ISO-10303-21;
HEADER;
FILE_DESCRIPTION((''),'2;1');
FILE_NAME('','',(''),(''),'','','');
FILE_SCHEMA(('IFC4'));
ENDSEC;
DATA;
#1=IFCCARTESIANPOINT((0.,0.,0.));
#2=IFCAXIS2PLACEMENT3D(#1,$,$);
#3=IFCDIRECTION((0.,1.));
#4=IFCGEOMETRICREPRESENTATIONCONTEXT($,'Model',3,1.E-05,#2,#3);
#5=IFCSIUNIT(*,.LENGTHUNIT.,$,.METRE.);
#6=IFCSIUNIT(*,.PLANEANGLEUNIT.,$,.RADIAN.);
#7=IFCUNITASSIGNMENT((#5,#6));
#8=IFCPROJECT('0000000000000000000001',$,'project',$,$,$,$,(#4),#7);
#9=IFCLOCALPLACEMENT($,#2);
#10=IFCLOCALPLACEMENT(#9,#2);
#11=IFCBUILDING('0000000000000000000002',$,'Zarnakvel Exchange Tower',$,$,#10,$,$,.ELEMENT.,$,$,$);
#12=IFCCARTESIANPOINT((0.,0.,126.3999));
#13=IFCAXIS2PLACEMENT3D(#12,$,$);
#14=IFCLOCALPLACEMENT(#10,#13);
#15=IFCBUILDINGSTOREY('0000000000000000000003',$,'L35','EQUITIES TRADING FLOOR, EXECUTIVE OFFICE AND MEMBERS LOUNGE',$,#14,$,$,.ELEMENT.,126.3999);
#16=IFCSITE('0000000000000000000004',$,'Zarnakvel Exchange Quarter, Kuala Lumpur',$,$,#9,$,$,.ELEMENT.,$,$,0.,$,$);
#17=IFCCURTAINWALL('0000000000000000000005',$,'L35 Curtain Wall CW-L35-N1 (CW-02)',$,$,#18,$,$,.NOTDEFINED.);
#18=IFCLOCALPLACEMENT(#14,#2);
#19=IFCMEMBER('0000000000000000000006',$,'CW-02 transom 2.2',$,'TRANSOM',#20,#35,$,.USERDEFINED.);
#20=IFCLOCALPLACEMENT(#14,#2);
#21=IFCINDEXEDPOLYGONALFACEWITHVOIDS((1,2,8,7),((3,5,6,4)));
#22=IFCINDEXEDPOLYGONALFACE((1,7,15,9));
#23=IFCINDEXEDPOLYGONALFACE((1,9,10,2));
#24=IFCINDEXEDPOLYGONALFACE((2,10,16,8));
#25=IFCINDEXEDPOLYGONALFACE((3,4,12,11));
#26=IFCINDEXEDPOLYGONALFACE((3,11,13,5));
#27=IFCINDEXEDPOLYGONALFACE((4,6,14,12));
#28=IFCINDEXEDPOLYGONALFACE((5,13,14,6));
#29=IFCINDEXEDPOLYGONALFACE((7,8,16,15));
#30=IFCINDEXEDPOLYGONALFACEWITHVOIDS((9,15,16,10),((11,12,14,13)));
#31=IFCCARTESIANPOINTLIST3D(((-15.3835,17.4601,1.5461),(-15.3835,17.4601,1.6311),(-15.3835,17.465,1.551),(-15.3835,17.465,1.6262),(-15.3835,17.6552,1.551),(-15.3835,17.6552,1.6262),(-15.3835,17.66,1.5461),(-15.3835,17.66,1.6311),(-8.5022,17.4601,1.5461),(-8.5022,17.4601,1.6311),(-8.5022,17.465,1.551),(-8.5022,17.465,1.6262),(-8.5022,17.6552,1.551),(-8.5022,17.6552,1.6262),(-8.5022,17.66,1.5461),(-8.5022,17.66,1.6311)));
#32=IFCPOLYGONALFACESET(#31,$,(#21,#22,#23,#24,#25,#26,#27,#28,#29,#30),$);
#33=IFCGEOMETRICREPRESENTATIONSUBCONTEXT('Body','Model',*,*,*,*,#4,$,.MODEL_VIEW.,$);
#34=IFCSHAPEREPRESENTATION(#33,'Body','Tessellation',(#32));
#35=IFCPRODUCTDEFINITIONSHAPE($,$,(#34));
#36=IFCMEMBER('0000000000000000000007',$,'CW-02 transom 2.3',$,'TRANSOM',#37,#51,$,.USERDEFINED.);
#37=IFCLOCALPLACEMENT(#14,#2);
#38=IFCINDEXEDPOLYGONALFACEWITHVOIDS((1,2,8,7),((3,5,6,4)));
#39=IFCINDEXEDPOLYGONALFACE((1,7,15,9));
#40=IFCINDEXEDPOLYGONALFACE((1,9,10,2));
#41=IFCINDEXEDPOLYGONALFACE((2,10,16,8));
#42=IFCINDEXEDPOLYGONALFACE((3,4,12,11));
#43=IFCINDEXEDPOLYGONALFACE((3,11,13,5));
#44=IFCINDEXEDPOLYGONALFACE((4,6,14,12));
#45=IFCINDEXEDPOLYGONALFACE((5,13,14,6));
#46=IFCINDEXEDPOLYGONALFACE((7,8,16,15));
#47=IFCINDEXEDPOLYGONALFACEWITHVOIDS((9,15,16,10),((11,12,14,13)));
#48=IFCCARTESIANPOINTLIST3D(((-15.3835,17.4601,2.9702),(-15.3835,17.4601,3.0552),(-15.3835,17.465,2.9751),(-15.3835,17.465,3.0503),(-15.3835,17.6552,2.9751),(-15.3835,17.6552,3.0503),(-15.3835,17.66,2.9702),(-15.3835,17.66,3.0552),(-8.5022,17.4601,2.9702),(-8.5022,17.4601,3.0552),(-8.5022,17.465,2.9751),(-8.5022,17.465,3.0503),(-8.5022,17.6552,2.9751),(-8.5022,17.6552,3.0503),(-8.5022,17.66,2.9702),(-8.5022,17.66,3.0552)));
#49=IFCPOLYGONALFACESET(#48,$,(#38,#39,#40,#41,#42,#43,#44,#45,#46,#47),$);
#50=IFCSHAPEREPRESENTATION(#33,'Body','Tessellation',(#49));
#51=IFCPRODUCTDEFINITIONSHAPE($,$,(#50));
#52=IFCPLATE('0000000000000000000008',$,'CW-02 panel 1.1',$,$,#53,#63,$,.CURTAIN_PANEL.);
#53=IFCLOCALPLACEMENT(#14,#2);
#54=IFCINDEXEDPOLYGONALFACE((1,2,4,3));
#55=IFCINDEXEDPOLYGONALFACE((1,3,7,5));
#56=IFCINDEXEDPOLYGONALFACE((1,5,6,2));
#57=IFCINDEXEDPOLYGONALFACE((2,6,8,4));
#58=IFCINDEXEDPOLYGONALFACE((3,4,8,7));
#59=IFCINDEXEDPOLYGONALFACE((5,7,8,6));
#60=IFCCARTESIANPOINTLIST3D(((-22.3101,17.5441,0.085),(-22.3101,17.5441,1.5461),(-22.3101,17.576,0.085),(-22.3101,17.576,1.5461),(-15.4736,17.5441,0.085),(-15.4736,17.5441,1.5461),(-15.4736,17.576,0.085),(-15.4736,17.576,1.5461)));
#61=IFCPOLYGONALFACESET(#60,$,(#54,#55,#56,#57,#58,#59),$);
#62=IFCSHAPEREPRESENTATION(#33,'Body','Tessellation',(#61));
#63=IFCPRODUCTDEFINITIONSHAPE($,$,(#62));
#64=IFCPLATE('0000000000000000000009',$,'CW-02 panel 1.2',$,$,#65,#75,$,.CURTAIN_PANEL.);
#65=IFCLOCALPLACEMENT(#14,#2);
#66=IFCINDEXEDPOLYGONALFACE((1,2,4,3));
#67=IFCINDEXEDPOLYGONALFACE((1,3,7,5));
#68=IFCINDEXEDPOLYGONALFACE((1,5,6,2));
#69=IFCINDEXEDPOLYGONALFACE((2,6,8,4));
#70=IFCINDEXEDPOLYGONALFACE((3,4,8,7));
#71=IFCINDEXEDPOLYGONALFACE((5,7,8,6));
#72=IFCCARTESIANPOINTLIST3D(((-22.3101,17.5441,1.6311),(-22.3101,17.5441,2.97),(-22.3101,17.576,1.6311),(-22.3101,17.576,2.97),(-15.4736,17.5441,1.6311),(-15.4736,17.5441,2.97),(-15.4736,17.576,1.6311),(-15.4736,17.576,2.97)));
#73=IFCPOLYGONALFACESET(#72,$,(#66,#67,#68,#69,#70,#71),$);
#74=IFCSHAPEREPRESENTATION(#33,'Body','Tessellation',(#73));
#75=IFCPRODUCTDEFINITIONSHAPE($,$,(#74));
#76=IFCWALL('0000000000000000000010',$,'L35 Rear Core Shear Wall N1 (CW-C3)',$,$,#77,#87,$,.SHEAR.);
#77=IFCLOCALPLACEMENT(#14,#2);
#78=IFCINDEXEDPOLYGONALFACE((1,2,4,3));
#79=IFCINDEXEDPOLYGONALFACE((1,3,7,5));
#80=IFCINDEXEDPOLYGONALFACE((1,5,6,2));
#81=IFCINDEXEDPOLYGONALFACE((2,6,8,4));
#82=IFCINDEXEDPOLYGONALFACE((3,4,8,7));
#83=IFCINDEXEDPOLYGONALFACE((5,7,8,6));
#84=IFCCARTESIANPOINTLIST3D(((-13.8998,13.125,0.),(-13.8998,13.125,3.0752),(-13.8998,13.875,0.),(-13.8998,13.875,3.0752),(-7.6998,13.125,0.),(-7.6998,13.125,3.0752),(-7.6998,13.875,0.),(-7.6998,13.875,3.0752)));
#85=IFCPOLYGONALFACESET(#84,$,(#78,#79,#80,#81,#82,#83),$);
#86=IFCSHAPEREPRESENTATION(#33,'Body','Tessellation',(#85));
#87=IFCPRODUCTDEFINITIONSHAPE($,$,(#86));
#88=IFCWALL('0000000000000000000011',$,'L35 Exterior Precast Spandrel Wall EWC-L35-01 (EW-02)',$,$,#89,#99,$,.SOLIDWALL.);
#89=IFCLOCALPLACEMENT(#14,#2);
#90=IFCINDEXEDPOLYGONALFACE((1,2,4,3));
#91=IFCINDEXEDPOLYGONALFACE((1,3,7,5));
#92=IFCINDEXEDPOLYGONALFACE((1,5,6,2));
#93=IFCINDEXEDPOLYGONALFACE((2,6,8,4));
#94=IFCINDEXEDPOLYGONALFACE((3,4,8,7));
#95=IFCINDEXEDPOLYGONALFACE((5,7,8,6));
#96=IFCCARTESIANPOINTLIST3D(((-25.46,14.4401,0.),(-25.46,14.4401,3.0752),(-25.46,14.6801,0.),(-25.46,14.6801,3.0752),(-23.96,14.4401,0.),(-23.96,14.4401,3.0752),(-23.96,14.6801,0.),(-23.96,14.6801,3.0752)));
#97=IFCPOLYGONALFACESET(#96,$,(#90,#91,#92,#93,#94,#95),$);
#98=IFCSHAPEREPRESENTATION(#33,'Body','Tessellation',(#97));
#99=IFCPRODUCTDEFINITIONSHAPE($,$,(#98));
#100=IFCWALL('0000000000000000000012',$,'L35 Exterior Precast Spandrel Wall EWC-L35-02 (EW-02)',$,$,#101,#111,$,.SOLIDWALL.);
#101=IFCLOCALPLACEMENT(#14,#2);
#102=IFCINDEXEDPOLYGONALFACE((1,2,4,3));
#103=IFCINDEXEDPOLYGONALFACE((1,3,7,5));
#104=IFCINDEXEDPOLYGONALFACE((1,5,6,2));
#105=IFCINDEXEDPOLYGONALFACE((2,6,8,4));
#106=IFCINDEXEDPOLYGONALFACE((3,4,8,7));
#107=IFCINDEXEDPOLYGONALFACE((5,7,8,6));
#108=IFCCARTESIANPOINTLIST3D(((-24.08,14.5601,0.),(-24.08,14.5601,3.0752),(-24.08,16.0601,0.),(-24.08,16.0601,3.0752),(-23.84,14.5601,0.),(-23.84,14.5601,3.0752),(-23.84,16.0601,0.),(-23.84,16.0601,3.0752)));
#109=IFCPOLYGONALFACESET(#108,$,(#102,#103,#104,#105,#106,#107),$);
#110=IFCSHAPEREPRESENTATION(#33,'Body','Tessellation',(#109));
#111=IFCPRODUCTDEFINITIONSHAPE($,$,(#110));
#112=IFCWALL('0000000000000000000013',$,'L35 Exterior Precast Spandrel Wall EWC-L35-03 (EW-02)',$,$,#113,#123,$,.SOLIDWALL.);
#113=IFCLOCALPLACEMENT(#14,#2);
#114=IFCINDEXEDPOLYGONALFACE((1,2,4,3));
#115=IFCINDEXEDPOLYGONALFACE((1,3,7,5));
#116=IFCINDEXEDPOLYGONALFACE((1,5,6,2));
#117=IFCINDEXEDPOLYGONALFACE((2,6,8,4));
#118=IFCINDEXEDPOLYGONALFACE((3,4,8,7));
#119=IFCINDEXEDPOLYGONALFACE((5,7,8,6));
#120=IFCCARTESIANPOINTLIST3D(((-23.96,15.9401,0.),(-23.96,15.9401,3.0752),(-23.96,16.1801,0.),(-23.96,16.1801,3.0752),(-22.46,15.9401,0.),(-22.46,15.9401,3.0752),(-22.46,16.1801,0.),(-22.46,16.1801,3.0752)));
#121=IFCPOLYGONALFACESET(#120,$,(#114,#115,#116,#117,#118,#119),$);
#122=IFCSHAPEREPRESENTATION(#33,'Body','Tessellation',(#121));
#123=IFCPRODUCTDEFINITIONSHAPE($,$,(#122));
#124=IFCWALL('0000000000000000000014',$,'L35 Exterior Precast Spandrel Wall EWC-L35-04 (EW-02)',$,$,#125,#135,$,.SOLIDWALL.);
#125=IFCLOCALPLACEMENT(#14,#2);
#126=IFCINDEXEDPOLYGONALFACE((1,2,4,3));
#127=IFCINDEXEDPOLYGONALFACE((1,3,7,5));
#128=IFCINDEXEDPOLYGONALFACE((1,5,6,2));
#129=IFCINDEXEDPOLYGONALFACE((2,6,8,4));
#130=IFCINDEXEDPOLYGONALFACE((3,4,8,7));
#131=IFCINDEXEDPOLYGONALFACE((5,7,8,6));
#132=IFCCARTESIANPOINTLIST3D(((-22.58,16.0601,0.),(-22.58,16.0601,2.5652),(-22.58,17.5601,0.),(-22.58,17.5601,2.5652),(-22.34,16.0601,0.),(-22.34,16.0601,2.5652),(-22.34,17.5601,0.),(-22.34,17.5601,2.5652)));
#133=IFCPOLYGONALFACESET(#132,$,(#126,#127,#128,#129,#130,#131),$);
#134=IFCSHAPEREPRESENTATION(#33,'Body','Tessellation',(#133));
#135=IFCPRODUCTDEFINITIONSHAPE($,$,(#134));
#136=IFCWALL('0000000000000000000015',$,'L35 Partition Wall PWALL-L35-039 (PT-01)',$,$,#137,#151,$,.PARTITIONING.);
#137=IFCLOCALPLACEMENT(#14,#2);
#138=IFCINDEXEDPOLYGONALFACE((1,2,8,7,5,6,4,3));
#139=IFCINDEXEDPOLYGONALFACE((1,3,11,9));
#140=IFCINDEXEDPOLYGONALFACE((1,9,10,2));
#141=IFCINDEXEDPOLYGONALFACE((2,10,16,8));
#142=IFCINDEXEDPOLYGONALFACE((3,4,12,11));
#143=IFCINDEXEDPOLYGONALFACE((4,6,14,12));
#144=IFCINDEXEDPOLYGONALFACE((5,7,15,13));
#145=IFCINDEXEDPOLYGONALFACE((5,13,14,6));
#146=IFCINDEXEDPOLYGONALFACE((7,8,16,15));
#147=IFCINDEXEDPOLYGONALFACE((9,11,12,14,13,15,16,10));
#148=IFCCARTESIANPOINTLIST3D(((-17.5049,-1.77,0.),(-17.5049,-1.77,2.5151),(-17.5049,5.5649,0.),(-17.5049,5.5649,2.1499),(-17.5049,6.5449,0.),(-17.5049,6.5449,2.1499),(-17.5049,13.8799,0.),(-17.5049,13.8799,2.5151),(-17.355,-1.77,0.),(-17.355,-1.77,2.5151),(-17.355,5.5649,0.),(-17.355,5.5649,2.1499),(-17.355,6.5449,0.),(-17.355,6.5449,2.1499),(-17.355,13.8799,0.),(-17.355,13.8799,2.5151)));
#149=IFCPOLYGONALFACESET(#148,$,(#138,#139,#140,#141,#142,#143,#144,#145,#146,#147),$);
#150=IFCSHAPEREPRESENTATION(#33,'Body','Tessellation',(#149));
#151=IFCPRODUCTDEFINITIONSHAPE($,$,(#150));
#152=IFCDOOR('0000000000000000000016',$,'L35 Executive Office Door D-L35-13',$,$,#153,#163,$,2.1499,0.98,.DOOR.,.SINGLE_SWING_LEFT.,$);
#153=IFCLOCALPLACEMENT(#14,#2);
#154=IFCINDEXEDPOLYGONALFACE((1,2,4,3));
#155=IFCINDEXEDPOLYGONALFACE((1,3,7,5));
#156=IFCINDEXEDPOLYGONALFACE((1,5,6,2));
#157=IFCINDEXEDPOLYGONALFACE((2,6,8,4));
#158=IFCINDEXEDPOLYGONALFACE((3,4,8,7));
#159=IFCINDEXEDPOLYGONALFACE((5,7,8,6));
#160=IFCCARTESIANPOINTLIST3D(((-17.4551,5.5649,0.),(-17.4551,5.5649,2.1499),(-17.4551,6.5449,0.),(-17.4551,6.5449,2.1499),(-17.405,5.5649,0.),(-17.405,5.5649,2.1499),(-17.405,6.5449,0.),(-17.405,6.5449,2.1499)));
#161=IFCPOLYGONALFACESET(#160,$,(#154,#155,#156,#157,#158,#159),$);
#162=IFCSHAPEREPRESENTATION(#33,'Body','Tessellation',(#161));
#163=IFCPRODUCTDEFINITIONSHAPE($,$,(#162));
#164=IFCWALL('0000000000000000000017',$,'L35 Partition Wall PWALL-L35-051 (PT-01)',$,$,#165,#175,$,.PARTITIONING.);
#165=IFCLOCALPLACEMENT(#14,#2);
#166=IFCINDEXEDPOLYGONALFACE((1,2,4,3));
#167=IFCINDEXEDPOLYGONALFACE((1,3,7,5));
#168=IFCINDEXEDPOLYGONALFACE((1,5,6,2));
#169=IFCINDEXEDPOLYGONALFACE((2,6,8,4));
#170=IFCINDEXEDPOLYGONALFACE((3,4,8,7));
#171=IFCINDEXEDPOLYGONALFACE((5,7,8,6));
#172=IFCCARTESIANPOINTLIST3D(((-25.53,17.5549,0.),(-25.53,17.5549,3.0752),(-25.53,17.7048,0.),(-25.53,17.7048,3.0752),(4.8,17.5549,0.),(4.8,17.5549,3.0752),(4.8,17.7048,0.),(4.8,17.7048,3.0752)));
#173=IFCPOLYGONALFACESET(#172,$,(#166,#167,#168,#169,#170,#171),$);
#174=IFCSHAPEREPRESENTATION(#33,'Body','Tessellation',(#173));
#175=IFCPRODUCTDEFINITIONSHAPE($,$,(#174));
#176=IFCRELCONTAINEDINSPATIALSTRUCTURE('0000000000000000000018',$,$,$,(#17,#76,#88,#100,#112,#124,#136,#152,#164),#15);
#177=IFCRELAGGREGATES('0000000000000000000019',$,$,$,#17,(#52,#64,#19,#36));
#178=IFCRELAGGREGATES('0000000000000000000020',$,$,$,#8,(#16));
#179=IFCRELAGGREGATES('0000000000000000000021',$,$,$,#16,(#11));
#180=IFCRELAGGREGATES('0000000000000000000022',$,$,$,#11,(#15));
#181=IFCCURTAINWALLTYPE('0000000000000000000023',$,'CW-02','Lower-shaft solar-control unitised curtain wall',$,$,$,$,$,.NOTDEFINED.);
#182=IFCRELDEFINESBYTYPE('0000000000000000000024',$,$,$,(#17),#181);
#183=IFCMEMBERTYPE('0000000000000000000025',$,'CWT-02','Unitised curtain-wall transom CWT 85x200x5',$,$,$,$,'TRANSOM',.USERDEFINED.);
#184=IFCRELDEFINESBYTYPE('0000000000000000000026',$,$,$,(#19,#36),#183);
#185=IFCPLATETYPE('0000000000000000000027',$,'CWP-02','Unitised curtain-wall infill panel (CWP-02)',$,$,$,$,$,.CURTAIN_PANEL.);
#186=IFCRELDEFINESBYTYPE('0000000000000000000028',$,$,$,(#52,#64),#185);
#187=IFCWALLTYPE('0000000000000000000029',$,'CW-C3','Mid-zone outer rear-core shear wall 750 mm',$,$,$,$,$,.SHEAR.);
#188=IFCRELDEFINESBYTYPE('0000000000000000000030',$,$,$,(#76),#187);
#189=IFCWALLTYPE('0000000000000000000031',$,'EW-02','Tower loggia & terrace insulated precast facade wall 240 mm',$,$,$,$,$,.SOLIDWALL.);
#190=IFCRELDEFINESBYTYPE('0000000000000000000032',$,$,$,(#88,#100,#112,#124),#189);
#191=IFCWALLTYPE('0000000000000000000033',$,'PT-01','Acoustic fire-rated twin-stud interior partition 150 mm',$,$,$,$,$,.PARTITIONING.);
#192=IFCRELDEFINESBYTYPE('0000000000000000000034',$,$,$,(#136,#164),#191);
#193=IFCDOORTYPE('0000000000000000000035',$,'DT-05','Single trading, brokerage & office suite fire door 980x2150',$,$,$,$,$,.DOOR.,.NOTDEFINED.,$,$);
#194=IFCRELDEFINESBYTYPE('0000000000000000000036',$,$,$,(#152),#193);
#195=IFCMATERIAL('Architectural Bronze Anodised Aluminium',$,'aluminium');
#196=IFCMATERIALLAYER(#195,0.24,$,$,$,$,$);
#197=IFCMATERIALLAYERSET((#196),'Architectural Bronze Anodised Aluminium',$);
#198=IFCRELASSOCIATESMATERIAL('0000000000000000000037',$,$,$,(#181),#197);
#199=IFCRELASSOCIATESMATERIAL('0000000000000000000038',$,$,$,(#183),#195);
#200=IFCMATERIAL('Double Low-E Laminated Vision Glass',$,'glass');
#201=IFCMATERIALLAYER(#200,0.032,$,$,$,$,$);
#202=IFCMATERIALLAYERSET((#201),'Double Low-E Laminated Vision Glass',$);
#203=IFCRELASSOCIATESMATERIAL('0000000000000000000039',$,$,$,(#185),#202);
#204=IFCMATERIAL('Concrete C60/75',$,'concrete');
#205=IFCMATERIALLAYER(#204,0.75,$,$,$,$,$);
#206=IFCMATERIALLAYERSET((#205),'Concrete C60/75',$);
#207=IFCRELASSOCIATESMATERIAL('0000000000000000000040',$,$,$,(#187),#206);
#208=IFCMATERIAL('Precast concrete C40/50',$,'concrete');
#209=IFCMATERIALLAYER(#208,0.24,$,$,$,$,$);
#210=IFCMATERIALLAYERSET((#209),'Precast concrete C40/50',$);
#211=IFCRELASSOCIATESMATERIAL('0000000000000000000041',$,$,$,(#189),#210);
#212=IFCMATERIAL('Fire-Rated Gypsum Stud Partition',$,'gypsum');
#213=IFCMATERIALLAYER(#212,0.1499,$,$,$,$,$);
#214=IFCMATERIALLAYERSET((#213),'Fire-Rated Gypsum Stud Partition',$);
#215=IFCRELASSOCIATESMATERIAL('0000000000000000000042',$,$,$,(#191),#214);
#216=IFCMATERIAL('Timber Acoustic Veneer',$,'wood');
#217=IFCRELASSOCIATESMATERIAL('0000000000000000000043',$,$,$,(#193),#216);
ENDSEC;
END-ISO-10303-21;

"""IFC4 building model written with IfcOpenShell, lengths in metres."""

from ifc_helpers import new_model, si_unit, direction, frame, frame_2d, origin, origin_2d, place, context, subcontext, project, spatial, rectangle, hollow_rectangle, extrude, source, transform, mapped, material, layer, layer_set, material_profile, profile_set, type_object, element, fill, aggregate, save


model = new_model("IFC4")

# Units and contexts
model_context = context("Model", 3, precision=1e-05, world=origin(), true_north=direction((0.0, 1.0)))
body_context = subcontext(model_context, "Body", "Model", "MODEL_VIEW")
ifc_project = project(units=[si_unit("LENGTHUNIT", "METRE"), si_unit("PLANEANGLEUNIT", "RADIAN")], contexts=[model_context])

# Site, building, storey
site_placement = place(None, origin())
site = spatial("IfcSite", under=ifc_project, at=site_placement, Name="Zarnakvel Exchange Quarter, Kuala Lumpur", CompositionType="ELEMENT", RefElevation=0.0)
building_placement = place(site_placement, origin())
building = spatial("IfcBuilding", under=site, at=building_placement, Name="Zarnakvel Exchange Tower", CompositionType="ELEMENT")
storey_placement = place(building_placement, frame((0.0, 0.0, 126.3999)))
storey = spatial("IfcBuildingStorey", under=building, at=storey_placement, Name="L35", Description="EQUITIES TRADING FLOOR, EXECUTIVE OFFICE AND MEMBERS LOUNGE", CompositionType="ELEMENT", Elevation=126.3999)

# Shared definitions
ifc_material_1 = material(Name="Concrete C60/75", Category="concrete")

# Curtain wall
ifc_material_2 = material(Name="Architectural Bronze Anodised Aluminium", Category="aluminium")
ifc_layer_1 = layer(ifc_material_2, 0.24)
ifc_layer_set_1 = layer_set([ifc_layer_1], Name="Architectural Bronze Anodised Aluminium")
curtain_wall_type_1 = type_object("IfcCurtainWallType", Name="CW-02", Description="Lower-shaft solar-control unitised curtain wall", PredefinedType="NOTDEFINED", material=ifc_layer_set_1)
curtain_wall_1_placement = place(storey_placement, origin())
curtain_wall_1 = element("IfcCurtainWall", 1, at=curtain_wall_1_placement, inside=storey, type_object=curtain_wall_type_1, Name="L35 Curtain Wall CW-L35-N1 (CW-02)", PredefinedType="NOTDEFINED")

# Members
ifc_material_profile_1 = material_profile(ifc_material_2, hollow_rectangle(XDim=0.2, YDim=0.085, WallThickness=0.0049, at=origin_2d()))
ifc_profile_set_1 = profile_set([ifc_material_profile_1], Name="Architectural Bronze Anodised Aluminium")
member_type_1 = type_object("IfcMemberType", Name="CWT-02", Description="Unitised curtain-wall transom CWT 85x200x5", ElementType="TRANSOM", PredefinedType="USERDEFINED", material=ifc_profile_set_1)
shared_shape_1 = source(origin(), body_context, "Body", "SweptSolid", [
    extrude(hollow_rectangle(XDim=0.2, YDim=0.085, WallThickness=0.0049, at=origin_2d()), origin(), (0.0, 0.0, 1.0), 6.8813),
])
member_1_placement = place(storey_placement, frame((-15.3835, 17.5601, 1.5886), z_axis=(1.0, 0.0, 0.0), x_axis=(0.0, 1.0, 0.0)))
member_1 = element("IfcMember", 2, at=member_1_placement, type_object=member_type_1, Name="CW-02 transom 2.2", ObjectType="TRANSOM", PredefinedType="USERDEFINED", context=body_context, shape_type="MappedRepresentation", body=[
    mapped(shared_shape_1, transform((0.0, 0.0, 0.0), x_axis=(1.0, 0.0, 0.0), y_axis=(0.0, 1.0, 0.0), z_axis=(0.0, 0.0, 1.0), scale=1.0)),
])
member_2_placement = place(storey_placement, frame((-15.3835, 17.5601, 3.0127), z_axis=(1.0, 0.0, 0.0), x_axis=(0.0, 1.0, 0.0)))
member_2 = element("IfcMember", 3, at=member_2_placement, type_object=member_type_1, Name="CW-02 transom 2.3", ObjectType="TRANSOM", PredefinedType="USERDEFINED", context=body_context, shape_type="MappedRepresentation", body=[
    mapped(shared_shape_1, transform((0.0, 0.0, 0.0), x_axis=(1.0, 0.0, 0.0), y_axis=(0.0, 1.0, 0.0), z_axis=(0.0, 0.0, 1.0), scale=1.0)),
])

# Plates
ifc_material_3 = material(Name="Double Low-E Laminated Vision Glass", Category="glass")
ifc_layer_2 = layer(ifc_material_3, 0.032)
ifc_layer_set_2 = layer_set([ifc_layer_2], Name="Double Low-E Laminated Vision Glass")
plate_type = type_object("IfcPlateType", Name="CWP-02", Description="Unitised curtain-wall infill panel (CWP-02)", PredefinedType="CURTAIN_PANEL", material=ifc_layer_set_2)
shared_shape_2 = source(origin(), body_context, "Body", "SweptSolid", [
    extrude(rectangle(XDim=6.8364, YDim=0.032, at=origin_2d()), origin(), (0.0, 0.0, 1.0), 1.4612),
])
plate_1_placement = place(storey_placement, frame((-18.8918, 17.5601, 0.085), z_axis=(0.0, 0.0, 1.0), x_axis=(1.0, 0.0, 0.0)))
plate_1 = element("IfcPlate", 4, at=plate_1_placement, type_object=plate_type, Name="CW-02 panel 1.1", PredefinedType="CURTAIN_PANEL", context=body_context, shape_type="MappedRepresentation", body=[
    mapped(shared_shape_2, transform((0.0, 0.0, 0.0), x_axis=(1.0, 0.0, 0.0), y_axis=(0.0, 1.0, 0.0), z_axis=(0.0, 0.0, 1.0), scale=1.0)),
])
shared_shape_3 = source(origin(), body_context, "Body", "SweptSolid", [
    extrude(rectangle(XDim=6.8364, YDim=0.032, at=origin_2d()), origin(), (0.0, 0.0, 1.0), 1.3389),
])
plate_2_placement = place(storey_placement, frame((-18.8918, 17.5601, 1.6311), z_axis=(0.0, 0.0, 1.0), x_axis=(1.0, 0.0, 0.0)))
plate_2 = element("IfcPlate", 5, at=plate_2_placement, type_object=plate_type, Name="CW-02 panel 1.2", PredefinedType="CURTAIN_PANEL", context=body_context, shape_type="MappedRepresentation", body=[
    mapped(shared_shape_3, transform((0.0, 0.0, 0.0), x_axis=(1.0, 0.0, 0.0), y_axis=(0.0, 1.0, 0.0), z_axis=(0.0, 0.0, 1.0), scale=1.0)),
])
aggregate(curtain_wall_1, [plate_1, plate_2, member_1, member_2])

# Walls
ifc_layer_3 = layer(ifc_material_1, 0.75)
ifc_layer_set_3 = layer_set([ifc_layer_3], Name="Concrete C60/75")
wall_type_1 = type_object("IfcWallType", Name="CW-C3", Description="Mid-zone outer rear-core shear wall 750 mm", PredefinedType="SHEAR", material=ifc_layer_set_3)
wall_1_placement = place(storey_placement, frame((-13.8999, 13.5, 0.0), z_axis=(0.0, 0.0, 1.0), x_axis=(1.0, 0.0, 0.0)))
element("IfcWall", 6, at=wall_1_placement, inside=storey, type_object=wall_type_1, Name="L35 Rear Core Shear Wall N1 (CW-C3)", PredefinedType="SHEAR", context=body_context, shape_type="SweptSolid", body=[
    extrude(rectangle(XDim=6.2, YDim=0.75, at=frame_2d((3.1001, 0.0))), origin(), (0.0, 0.0, 1.0), 3.0752),
])
ifc_material_4 = material(Name="Precast concrete C40/50", Category="concrete")
ifc_layer_4 = layer(ifc_material_4, 0.24)
ifc_layer_set_4 = layer_set([ifc_layer_4], Name="Precast concrete C40/50")
wall_type_2 = type_object("IfcWallType", Name="EW-02", Description="Tower loggia & terrace insulated precast facade wall 240 mm", PredefinedType="SOLIDWALL", material=ifc_layer_set_4)
for number, where, z_axis, x_axis, name in (
    (7, (-23.96, 14.5601, 0.0), (0.0, 0.0, 1.0), (-1.0, 0.0, 0.0), "L35 Exterior Precast Spandrel Wall EWC-L35-01 (EW-02)"),
    (8, (-23.96, 16.0601, 0.0), (0.0, 0.0, 1.0), (0.0, -1.0, 0.0), "L35 Exterior Precast Spandrel Wall EWC-L35-02 (EW-02)"),
    (9, (-22.46, 16.0601, 0.0), (0.0, 0.0, 1.0), (-1.0, 0.0, 0.0), "L35 Exterior Precast Spandrel Wall EWC-L35-03 (EW-02)"),
):
    element("IfcWall", number, at=place(storey_placement, frame(where, z_axis=z_axis, x_axis=x_axis)), inside=storey, type_object=wall_type_2, Name=name, PredefinedType="SOLIDWALL", context=body_context, shape_type="SweptSolid", body=[
        extrude(rectangle(XDim=1.5, YDim=0.24, at=frame_2d((0.75, 0.0))), origin(), (0.0, 0.0, 1.0), 3.0752),
    ])
wall_2_placement = place(storey_placement, frame((-22.46, 17.5601, 0.0), z_axis=(0.0, 0.0, 1.0), x_axis=(0.0, -1.0, 0.0)))
element("IfcWall", 10, at=wall_2_placement, inside=storey, type_object=wall_type_2, Name="L35 Exterior Precast Spandrel Wall EWC-L35-04 (EW-02)", PredefinedType="SOLIDWALL", context=body_context, shape_type="SweptSolid", body=[
    extrude(rectangle(XDim=1.5, YDim=0.24, at=frame_2d((0.75, 0.0))), origin(), (0.0, 0.0, 1.0), 2.5652),
])

# Wall, opening, door
ifc_material_5 = material(Name="Fire-Rated Gypsum Stud Partition", Category="gypsum")
ifc_layer_5 = layer(ifc_material_5, 0.1499)
ifc_layer_set_5 = layer_set([ifc_layer_5], Name="Fire-Rated Gypsum Stud Partition")
wall_type_3 = type_object("IfcWallType", Name="PT-01", Description="Acoustic fire-rated twin-stud interior partition 150 mm", PredefinedType="PARTITIONING", material=ifc_layer_set_5)
ifc_material_6 = material(Name="Timber Acoustic Veneer", Category="wood")
door_type = type_object("IfcDoorType", Name="DT-05", Description="Single trading, brokerage & office suite fire door 980x2150", OperationType="NOTDEFINED", PredefinedType="DOOR", material=ifc_material_6)
shared_shape_4 = source(origin(), body_context, "Body", "SweptSolid", [
    extrude(rectangle(XDim=0.98, YDim=2.1499, at=frame_2d((0.49, 1.075))), frame((0.0, 0.0249, 0.0), z_axis=(0.0, -1.0, 0.0), x_axis=(1.0, 0.0, 0.0)), (0.0, 0.0, 1.0), 0.05),
])
wall_3_placement = place(storey_placement, frame((-17.4299, 13.8799, 0.0), z_axis=(0.0, 0.0, 1.0), x_axis=(0.0, -1.0, 0.0)))
wall_3 = element("IfcWall", 11, at=wall_3_placement, inside=storey, type_object=wall_type_3, Name="L35 Partition Wall PWALL-L35-039 (PT-01)", PredefinedType="PARTITIONING", context=body_context, shape_type="SweptSolid", body=[
    extrude(rectangle(XDim=15.6499, YDim=0.1499, at=frame_2d((7.825, 0.0))), origin(), (0.0, 0.0, 1.0), 2.5151),
])
opening_1_placement = place(wall_3_placement, frame((7.335, 0.0, 0.0)))
opening_1 = element("IfcOpeningElement", 12, at=opening_1_placement, cuts=wall_3, PredefinedType="OPENING", context=body_context, shape_type="SweptSolid", body=[
    extrude(rectangle(XDim=0.98, YDim=2.1499, at=frame_2d((0.49, 1.075))), frame((0.0, 0.085, 0.0), z_axis=(0.0, -1.0, 0.0), x_axis=(1.0, 0.0, 0.0)), (0.0, 0.0, 1.0), 0.1699),
])
door_1_placement = place(opening_1_placement, origin())
door_1 = element("IfcDoor", 13, at=door_1_placement, inside=storey, type_object=door_type, Name="L35 Executive Office Door D-L35-13", OperationType="SINGLE_SWING_LEFT", OverallHeight=2.1499, OverallWidth=0.98, PredefinedType="DOOR", context=body_context, shape_type="MappedRepresentation", body=[
    mapped(shared_shape_4, transform((0.0, 0.0, 0.0), x_axis=(1.0, 0.0, 0.0), y_axis=(0.0, 1.0, 0.0), z_axis=(0.0, 0.0, 1.0), scale=1.0)),
])
fill(opening_1, door_1)

# Wall
wall_4_placement = place(storey_placement, frame((-25.53, 17.6299, 0.0), z_axis=(0.0, 0.0, 1.0), x_axis=(1.0, 0.0, 0.0)))
element("IfcWall", 14, at=wall_4_placement, inside=storey, type_object=wall_type_3, Name="L35 Partition Wall PWALL-L35-051 (PT-01)", PredefinedType="PARTITIONING", context=body_context, shape_type="SweptSolid", body=[
    extrude(rectangle(XDim=30.3301, YDim=0.1499, at=frame_2d((15.165, 0.0))), origin(), (0.0, 0.0, 1.0), 3.0752),
])

save(model, "model.ifc")
